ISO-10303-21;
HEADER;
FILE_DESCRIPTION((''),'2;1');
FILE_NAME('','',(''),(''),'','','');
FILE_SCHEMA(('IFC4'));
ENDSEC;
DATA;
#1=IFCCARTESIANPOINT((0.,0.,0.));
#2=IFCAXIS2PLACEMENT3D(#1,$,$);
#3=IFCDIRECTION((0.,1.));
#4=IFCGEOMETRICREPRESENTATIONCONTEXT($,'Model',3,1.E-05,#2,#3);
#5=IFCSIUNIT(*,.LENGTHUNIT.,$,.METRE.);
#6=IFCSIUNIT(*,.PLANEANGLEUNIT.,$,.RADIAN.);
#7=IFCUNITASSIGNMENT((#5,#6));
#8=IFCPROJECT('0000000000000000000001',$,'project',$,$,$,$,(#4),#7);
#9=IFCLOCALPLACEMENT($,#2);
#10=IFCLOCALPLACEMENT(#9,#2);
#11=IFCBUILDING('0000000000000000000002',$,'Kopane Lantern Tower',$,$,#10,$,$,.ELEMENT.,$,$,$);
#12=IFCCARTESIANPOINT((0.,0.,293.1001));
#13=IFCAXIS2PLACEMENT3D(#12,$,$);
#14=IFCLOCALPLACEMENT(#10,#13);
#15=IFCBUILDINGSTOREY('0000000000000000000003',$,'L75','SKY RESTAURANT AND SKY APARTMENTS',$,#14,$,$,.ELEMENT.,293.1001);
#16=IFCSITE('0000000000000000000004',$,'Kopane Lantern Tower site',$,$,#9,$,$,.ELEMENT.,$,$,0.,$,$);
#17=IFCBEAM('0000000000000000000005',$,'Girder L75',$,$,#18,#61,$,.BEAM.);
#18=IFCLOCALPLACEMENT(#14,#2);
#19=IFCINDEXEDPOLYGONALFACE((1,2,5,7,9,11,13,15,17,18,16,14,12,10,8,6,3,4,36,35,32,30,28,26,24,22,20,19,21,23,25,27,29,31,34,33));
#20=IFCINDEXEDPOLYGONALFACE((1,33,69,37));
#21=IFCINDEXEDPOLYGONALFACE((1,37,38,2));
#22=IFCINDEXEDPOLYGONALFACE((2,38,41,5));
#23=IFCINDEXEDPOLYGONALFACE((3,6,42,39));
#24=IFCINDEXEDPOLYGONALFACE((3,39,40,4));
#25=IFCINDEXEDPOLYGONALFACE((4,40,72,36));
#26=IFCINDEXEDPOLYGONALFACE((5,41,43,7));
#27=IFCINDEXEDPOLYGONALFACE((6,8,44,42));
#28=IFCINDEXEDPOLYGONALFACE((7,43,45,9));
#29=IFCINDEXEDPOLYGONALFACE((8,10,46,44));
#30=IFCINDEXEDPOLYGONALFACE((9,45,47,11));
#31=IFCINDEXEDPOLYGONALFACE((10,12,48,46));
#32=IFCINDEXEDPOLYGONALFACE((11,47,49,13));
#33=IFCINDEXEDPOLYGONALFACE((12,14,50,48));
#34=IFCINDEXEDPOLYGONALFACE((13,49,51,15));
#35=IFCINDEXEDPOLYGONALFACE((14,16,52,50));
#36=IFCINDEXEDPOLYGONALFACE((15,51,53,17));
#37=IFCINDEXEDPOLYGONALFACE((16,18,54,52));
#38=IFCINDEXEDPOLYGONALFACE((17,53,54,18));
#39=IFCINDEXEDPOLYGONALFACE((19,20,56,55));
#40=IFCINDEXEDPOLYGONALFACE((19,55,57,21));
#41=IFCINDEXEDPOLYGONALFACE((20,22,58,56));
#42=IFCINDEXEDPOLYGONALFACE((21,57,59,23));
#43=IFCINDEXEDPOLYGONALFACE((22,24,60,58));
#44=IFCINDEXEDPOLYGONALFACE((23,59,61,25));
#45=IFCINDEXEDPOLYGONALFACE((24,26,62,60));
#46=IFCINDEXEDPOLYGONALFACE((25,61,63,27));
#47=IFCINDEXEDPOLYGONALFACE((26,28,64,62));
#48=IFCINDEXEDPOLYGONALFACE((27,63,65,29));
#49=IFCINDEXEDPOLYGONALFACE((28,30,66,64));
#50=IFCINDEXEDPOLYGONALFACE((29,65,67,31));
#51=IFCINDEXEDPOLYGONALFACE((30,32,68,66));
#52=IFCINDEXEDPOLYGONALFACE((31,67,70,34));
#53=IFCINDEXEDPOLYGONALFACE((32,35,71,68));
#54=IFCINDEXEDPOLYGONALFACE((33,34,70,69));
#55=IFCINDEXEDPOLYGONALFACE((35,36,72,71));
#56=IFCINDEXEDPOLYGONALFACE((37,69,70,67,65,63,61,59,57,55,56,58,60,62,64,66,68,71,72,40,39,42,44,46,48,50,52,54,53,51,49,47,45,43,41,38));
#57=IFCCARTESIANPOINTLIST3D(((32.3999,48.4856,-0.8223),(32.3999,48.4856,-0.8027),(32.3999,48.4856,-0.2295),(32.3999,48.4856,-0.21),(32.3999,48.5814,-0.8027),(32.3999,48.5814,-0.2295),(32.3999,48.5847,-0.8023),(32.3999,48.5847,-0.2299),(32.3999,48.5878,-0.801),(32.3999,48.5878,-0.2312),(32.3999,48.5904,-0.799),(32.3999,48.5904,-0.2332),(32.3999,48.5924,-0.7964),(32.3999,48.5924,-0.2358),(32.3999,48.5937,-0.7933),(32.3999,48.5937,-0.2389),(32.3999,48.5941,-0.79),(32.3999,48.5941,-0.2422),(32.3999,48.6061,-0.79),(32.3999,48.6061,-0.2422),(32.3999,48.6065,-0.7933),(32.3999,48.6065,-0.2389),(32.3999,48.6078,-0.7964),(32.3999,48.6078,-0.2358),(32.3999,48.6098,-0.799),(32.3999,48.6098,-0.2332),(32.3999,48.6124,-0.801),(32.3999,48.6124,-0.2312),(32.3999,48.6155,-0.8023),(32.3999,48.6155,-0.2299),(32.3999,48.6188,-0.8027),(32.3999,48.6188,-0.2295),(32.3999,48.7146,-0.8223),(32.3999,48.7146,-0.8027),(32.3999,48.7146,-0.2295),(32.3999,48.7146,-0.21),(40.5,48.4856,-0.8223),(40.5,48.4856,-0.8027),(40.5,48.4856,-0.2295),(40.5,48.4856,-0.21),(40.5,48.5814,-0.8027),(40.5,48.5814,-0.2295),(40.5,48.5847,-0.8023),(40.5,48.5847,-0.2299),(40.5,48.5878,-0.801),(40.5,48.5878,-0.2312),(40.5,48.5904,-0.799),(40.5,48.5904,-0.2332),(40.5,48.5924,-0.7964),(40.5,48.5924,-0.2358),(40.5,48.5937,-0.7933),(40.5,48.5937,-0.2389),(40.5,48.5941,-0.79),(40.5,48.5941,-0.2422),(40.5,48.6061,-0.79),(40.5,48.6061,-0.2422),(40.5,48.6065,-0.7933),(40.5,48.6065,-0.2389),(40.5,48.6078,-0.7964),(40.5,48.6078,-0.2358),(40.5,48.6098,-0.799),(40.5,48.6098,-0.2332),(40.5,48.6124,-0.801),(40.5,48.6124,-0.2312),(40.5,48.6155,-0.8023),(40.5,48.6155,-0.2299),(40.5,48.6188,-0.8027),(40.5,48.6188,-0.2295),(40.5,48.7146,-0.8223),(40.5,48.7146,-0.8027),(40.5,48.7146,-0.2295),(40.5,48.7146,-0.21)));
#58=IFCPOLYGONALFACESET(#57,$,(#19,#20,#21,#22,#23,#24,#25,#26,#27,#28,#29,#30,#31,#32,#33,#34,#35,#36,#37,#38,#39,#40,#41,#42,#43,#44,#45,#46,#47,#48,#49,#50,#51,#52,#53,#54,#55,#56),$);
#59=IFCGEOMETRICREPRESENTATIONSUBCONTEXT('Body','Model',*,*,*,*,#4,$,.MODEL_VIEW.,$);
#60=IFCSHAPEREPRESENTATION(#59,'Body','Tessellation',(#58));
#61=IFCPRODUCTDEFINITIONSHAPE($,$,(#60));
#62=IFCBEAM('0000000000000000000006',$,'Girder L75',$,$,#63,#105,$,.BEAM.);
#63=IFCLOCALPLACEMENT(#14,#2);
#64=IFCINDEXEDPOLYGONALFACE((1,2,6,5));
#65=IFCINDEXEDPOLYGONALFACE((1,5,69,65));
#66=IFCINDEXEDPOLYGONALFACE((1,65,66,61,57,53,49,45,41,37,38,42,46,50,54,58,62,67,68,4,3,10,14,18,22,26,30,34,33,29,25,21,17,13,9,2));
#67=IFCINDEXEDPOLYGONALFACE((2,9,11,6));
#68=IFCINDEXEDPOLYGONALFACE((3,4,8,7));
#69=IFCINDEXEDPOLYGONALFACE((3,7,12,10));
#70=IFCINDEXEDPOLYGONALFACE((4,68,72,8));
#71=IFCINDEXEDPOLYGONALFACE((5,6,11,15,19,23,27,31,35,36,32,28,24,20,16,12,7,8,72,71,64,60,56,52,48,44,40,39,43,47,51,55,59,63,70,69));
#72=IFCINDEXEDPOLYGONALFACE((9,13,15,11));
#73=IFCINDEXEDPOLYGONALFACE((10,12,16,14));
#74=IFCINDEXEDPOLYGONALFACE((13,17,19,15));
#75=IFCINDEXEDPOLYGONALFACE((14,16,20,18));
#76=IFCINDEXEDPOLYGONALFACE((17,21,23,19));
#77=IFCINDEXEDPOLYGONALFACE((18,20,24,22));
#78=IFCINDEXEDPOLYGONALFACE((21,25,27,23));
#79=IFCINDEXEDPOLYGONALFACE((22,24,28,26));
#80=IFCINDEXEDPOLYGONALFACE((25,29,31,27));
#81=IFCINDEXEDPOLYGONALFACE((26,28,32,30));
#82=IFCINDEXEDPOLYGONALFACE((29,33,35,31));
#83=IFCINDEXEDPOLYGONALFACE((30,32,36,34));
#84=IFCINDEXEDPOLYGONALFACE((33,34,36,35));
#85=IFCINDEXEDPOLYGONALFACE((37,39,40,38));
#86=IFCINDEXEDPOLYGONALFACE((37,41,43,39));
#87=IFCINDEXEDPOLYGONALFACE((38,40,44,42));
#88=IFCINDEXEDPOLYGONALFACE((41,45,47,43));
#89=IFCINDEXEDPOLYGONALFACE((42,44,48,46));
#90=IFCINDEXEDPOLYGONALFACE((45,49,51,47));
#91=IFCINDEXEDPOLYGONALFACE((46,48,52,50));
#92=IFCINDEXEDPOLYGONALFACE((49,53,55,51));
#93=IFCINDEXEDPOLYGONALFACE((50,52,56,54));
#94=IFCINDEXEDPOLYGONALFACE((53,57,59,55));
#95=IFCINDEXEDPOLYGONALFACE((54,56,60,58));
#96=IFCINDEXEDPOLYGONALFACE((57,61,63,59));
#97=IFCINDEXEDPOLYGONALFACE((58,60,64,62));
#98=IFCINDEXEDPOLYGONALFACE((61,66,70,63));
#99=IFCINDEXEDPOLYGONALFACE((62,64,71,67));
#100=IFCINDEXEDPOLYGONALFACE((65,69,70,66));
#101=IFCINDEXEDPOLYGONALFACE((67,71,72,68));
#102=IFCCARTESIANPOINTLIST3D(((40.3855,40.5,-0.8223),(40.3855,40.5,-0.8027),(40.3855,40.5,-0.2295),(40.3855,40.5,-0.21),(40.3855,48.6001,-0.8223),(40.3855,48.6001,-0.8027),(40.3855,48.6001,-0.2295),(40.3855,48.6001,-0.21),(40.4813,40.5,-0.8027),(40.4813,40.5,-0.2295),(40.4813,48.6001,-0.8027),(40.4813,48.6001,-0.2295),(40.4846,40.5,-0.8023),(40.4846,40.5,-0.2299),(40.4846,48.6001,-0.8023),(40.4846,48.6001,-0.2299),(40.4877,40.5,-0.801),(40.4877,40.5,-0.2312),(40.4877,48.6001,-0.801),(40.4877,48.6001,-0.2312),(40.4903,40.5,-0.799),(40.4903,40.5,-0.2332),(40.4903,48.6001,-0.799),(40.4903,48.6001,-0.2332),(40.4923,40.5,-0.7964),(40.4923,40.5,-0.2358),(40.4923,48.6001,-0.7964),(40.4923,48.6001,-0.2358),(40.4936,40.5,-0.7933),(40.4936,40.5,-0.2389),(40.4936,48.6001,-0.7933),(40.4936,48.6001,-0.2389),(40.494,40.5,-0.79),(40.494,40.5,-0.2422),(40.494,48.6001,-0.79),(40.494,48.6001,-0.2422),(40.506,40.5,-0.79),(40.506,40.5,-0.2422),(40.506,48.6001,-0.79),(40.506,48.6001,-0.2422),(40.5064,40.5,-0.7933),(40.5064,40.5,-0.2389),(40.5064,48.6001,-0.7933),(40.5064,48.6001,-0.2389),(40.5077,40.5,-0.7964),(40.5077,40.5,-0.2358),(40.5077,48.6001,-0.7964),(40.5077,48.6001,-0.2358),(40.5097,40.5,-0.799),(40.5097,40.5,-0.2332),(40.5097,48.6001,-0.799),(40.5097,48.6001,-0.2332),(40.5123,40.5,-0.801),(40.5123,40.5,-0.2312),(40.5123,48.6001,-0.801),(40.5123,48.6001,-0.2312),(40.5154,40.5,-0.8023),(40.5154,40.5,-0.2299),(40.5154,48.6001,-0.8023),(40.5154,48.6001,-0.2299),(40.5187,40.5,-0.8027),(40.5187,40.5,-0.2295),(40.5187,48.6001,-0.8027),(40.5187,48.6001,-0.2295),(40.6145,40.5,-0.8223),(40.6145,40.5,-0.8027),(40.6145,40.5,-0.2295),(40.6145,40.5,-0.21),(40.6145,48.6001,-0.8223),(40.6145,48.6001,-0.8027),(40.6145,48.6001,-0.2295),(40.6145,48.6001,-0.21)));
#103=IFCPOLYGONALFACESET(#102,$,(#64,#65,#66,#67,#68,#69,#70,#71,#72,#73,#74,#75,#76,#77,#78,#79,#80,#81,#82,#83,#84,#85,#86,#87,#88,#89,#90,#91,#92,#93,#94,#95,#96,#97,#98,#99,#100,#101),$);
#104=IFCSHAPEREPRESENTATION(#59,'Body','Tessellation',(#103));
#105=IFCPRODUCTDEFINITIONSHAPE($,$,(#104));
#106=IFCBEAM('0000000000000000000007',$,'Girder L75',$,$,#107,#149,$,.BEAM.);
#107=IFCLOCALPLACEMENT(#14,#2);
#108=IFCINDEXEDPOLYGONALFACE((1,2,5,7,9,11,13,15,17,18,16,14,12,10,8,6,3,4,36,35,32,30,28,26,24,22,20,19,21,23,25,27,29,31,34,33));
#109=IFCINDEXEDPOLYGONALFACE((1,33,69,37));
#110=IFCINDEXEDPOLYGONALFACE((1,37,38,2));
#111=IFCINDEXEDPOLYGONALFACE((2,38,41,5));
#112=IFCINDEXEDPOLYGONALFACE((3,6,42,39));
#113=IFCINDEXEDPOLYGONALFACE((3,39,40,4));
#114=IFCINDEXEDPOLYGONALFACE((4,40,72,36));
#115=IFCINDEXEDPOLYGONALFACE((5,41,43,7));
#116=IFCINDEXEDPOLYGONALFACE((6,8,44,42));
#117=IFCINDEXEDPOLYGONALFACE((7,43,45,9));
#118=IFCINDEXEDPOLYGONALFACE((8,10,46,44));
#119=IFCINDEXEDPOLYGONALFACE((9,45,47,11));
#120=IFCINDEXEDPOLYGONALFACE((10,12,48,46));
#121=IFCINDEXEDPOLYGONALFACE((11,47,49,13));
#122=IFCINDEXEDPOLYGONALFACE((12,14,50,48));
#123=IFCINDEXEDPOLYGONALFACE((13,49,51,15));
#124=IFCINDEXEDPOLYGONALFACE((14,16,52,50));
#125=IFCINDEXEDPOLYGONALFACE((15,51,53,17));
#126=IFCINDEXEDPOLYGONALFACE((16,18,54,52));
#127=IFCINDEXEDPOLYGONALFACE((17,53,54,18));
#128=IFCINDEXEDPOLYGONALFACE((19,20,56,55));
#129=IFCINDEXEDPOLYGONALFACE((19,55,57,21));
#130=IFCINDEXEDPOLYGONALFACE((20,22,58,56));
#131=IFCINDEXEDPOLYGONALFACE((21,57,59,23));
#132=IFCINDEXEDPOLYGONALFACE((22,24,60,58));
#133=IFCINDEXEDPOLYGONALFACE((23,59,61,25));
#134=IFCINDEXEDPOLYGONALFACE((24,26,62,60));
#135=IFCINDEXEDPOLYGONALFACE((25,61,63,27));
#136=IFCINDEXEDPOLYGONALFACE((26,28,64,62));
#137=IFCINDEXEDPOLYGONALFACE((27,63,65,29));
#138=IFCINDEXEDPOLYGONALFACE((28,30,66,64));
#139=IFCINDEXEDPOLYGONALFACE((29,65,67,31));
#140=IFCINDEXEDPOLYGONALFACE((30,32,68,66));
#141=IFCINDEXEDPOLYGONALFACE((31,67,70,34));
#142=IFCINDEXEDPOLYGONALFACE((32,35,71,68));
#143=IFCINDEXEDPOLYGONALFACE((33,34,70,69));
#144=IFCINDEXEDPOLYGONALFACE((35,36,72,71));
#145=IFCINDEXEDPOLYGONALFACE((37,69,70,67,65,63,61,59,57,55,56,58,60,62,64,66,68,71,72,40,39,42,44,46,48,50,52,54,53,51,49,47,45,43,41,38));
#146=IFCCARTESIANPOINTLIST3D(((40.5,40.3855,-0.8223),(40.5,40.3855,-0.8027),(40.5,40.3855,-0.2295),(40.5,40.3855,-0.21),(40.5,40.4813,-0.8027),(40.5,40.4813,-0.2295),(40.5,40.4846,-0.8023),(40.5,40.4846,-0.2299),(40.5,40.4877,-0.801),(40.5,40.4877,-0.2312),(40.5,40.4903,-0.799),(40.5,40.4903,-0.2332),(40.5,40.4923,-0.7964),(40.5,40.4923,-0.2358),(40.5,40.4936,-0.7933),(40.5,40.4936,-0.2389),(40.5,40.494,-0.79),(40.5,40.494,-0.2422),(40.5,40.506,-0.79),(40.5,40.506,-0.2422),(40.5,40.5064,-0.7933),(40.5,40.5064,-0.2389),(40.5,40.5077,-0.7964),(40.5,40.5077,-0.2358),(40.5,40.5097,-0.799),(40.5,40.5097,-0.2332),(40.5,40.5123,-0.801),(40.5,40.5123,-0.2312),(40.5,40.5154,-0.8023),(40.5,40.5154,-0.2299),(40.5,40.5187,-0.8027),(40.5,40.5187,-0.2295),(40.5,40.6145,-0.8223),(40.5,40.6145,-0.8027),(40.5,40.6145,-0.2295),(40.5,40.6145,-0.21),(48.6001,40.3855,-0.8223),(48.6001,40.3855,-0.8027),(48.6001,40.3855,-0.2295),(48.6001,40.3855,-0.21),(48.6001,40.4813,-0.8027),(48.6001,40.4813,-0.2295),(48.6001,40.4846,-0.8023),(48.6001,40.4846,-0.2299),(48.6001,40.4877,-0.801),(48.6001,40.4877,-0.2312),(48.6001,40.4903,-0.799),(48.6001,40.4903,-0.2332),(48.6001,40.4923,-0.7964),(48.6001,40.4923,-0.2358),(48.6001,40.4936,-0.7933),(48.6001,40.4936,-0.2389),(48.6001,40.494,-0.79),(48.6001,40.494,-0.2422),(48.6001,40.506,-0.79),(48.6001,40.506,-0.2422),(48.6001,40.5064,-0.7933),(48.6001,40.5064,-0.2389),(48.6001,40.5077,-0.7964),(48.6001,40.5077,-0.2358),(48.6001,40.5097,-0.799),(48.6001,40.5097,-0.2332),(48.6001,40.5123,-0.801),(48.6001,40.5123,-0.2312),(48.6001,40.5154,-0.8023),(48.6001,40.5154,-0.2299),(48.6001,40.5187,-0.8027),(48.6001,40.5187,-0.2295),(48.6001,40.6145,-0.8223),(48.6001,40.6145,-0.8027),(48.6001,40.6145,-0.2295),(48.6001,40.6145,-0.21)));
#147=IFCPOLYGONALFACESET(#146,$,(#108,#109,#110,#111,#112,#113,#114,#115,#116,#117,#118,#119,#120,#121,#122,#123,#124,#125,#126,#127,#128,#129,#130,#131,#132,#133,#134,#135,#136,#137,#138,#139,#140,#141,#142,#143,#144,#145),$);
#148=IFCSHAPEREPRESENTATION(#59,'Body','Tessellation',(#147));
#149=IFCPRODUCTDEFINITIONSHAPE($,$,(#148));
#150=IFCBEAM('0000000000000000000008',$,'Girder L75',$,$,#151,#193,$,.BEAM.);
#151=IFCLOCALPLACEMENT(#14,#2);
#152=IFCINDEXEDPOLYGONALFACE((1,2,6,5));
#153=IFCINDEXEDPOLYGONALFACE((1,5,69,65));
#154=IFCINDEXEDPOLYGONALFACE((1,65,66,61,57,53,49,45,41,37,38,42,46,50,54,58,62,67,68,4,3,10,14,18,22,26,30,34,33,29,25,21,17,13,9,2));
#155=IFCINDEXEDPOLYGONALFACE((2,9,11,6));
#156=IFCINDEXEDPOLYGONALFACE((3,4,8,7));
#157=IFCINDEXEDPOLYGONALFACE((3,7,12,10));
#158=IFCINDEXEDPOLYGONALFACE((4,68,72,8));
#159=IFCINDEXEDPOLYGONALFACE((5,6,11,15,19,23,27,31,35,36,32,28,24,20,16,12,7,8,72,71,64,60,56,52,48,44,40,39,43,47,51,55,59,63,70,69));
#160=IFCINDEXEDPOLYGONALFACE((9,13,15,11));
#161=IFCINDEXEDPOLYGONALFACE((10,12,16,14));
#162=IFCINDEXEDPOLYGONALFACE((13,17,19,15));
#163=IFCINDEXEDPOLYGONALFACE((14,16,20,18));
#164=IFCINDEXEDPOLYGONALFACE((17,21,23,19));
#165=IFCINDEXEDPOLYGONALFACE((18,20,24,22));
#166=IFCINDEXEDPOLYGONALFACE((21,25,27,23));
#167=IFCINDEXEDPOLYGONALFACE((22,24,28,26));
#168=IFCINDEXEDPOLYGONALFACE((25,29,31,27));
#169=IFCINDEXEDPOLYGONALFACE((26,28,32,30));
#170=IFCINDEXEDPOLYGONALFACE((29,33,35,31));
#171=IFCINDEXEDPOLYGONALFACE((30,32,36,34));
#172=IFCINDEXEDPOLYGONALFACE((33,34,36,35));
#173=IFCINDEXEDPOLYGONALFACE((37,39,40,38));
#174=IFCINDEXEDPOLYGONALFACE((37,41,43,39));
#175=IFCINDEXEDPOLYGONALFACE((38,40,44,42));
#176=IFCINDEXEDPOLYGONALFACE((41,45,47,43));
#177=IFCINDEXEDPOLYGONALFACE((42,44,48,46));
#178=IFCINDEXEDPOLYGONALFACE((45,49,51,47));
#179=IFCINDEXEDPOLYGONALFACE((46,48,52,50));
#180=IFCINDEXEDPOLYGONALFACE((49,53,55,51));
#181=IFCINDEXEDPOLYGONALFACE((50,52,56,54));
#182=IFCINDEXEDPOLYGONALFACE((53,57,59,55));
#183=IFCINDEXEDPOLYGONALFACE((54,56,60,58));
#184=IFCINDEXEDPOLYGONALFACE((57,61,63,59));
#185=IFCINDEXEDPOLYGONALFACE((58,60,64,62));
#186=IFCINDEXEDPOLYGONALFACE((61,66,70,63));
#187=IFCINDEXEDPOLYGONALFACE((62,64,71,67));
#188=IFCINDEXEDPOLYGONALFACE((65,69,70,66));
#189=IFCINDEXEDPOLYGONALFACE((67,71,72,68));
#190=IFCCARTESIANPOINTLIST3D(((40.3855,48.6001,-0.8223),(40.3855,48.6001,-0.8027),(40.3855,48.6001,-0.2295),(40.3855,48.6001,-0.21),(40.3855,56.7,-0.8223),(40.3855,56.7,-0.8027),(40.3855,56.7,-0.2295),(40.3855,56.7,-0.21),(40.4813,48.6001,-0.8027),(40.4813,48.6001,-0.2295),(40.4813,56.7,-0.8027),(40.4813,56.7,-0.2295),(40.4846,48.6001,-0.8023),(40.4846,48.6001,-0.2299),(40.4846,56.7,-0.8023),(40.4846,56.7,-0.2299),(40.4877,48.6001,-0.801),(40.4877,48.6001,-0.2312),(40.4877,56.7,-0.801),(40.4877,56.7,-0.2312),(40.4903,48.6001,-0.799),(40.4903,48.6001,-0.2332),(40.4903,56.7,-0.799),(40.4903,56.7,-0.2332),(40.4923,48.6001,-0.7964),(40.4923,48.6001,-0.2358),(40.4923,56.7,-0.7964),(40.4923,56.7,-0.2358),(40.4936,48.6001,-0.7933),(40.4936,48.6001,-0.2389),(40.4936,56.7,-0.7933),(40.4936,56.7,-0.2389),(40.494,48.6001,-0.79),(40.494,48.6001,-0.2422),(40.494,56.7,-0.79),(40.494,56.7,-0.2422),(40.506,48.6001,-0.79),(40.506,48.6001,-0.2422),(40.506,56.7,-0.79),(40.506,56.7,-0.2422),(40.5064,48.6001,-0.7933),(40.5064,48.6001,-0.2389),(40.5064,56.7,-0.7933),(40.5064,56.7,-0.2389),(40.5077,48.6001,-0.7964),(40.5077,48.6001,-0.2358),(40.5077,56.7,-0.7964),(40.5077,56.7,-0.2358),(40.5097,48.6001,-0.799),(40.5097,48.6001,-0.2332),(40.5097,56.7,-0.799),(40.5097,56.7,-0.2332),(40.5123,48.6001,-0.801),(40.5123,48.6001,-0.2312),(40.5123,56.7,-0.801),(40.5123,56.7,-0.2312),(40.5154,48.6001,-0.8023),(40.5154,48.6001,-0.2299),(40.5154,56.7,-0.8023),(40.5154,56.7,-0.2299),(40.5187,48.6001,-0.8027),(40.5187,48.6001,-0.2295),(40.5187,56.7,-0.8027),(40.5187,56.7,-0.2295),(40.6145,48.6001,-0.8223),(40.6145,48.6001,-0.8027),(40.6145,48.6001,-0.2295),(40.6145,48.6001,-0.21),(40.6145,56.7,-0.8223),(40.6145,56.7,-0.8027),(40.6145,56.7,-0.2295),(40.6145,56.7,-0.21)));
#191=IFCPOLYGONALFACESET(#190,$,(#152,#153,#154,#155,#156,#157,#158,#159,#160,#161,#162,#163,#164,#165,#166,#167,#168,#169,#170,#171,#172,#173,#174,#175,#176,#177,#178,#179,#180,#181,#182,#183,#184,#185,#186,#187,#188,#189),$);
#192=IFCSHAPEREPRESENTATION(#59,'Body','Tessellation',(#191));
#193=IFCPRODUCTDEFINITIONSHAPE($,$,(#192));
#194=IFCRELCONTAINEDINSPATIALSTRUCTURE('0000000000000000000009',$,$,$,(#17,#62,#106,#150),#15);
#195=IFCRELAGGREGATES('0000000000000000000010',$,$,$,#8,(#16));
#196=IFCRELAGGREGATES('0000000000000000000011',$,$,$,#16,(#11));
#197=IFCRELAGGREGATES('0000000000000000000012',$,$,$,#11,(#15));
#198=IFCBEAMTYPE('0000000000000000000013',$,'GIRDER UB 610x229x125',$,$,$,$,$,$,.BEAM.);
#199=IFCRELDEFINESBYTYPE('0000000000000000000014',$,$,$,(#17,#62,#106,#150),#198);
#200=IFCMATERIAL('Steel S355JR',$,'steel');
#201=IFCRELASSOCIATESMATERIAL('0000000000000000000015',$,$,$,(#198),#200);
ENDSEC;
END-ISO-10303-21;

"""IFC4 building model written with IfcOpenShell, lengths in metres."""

from ifc_helpers import new_model, si_unit, direction, frame, origin, origin_2d, place, context, subcontext, project, spatial, i_section, extrude, material, material_profile, profile_set, type_object, element, save


model = new_model("IFC4")

# Units and contexts
model_context = context("Model", 3, precision=1e-05, world=origin(), true_north=direction((0.0, 1.0)))
body_context = subcontext(model_context, "Body", "Model", "MODEL_VIEW")
ifc_project = project(units=[si_unit("LENGTHUNIT", "METRE"), si_unit("PLANEANGLEUNIT", "RADIAN")], contexts=[model_context])

# Site, building, storey
site_placement = place(None, origin())
site = spatial("IfcSite", under=ifc_project, at=site_placement, Name="Kopane Lantern Tower site", CompositionType="ELEMENT", RefElevation=0.0)
building_placement = place(site_placement, origin())
building = spatial("IfcBuilding", under=site, at=building_placement, Name="Kopane Lantern Tower", CompositionType="ELEMENT")
storey_placement = place(building_placement, frame((0.0, 0.0, 293.1001)))
storey = spatial("IfcBuildingStorey", under=building, at=storey_placement, Name="L75", Description="SKY RESTAURANT AND SKY APARTMENTS", CompositionType="ELEMENT", Elevation=293.1001)

# Beams
ifc_material_1 = material(Name="Steel S355JR", Category="steel")
ifc_material_profile_1 = material_profile(ifc_material_1, i_section(OverallWidth=0.229, OverallDepth=0.6123, WebThickness=0.012, FlangeThickness=0.0195, FilletRadius=0.0127, at=origin_2d()), Name="UB 610x229x125")
ifc_profile_set_1 = profile_set([ifc_material_profile_1], Name="Steel S355JR")
beam_type = type_object("IfcBeamType", Name="GIRDER UB 610x229x125", PredefinedType="BEAM", material=ifc_profile_set_1)
for number, where, z_axis, x_axis, name in (
    (1, (32.3999, 48.6001, -0.5161), (1.0, 0.0, 0.0), (0.0, 1.0, 0.0), "Girder L75"),
    (2, (40.5, 40.5, -0.5161), (0.0, 1.0, 0.0), (-1.0, 0.0, 0.0), "Girder L75"),
    (3, (40.5, 40.5, -0.5161), (1.0, 0.0, 0.0), (0.0, 1.0, 0.0), "Girder L75"),
):
    element("IfcBeam", number, at=place(storey_placement, frame(where, z_axis=z_axis, x_axis=x_axis)), inside=storey, type_object=beam_type, Name=name, PredefinedType="BEAM", context=body_context, shape_type="SweptSolid", body=[
        extrude(i_section(OverallWidth=0.229, OverallDepth=0.6123, WebThickness=0.012, FlangeThickness=0.0195, FilletRadius=0.0127, at=origin_2d()), origin(), (0.0, 0.0, 1.0), 8.1001),
    ])
beam_1_placement = place(storey_placement, frame((40.5, 48.6001, -0.5161), z_axis=(0.0, 1.0, 0.0), x_axis=(-1.0, 0.0, 0.0)))
element("IfcBeam", 4, at=beam_1_placement, inside=storey, type_object=beam_type, Name="Girder L75", PredefinedType="BEAM", context=body_context, shape_type="SweptSolid", body=[
    extrude(i_section(OverallWidth=0.229, OverallDepth=0.6123, WebThickness=0.012, FlangeThickness=0.0195, FilletRadius=0.0127, at=origin_2d()), origin(), (0.0, 0.0, 1.0), 8.0999),
])

save(model, "model.ifc")
